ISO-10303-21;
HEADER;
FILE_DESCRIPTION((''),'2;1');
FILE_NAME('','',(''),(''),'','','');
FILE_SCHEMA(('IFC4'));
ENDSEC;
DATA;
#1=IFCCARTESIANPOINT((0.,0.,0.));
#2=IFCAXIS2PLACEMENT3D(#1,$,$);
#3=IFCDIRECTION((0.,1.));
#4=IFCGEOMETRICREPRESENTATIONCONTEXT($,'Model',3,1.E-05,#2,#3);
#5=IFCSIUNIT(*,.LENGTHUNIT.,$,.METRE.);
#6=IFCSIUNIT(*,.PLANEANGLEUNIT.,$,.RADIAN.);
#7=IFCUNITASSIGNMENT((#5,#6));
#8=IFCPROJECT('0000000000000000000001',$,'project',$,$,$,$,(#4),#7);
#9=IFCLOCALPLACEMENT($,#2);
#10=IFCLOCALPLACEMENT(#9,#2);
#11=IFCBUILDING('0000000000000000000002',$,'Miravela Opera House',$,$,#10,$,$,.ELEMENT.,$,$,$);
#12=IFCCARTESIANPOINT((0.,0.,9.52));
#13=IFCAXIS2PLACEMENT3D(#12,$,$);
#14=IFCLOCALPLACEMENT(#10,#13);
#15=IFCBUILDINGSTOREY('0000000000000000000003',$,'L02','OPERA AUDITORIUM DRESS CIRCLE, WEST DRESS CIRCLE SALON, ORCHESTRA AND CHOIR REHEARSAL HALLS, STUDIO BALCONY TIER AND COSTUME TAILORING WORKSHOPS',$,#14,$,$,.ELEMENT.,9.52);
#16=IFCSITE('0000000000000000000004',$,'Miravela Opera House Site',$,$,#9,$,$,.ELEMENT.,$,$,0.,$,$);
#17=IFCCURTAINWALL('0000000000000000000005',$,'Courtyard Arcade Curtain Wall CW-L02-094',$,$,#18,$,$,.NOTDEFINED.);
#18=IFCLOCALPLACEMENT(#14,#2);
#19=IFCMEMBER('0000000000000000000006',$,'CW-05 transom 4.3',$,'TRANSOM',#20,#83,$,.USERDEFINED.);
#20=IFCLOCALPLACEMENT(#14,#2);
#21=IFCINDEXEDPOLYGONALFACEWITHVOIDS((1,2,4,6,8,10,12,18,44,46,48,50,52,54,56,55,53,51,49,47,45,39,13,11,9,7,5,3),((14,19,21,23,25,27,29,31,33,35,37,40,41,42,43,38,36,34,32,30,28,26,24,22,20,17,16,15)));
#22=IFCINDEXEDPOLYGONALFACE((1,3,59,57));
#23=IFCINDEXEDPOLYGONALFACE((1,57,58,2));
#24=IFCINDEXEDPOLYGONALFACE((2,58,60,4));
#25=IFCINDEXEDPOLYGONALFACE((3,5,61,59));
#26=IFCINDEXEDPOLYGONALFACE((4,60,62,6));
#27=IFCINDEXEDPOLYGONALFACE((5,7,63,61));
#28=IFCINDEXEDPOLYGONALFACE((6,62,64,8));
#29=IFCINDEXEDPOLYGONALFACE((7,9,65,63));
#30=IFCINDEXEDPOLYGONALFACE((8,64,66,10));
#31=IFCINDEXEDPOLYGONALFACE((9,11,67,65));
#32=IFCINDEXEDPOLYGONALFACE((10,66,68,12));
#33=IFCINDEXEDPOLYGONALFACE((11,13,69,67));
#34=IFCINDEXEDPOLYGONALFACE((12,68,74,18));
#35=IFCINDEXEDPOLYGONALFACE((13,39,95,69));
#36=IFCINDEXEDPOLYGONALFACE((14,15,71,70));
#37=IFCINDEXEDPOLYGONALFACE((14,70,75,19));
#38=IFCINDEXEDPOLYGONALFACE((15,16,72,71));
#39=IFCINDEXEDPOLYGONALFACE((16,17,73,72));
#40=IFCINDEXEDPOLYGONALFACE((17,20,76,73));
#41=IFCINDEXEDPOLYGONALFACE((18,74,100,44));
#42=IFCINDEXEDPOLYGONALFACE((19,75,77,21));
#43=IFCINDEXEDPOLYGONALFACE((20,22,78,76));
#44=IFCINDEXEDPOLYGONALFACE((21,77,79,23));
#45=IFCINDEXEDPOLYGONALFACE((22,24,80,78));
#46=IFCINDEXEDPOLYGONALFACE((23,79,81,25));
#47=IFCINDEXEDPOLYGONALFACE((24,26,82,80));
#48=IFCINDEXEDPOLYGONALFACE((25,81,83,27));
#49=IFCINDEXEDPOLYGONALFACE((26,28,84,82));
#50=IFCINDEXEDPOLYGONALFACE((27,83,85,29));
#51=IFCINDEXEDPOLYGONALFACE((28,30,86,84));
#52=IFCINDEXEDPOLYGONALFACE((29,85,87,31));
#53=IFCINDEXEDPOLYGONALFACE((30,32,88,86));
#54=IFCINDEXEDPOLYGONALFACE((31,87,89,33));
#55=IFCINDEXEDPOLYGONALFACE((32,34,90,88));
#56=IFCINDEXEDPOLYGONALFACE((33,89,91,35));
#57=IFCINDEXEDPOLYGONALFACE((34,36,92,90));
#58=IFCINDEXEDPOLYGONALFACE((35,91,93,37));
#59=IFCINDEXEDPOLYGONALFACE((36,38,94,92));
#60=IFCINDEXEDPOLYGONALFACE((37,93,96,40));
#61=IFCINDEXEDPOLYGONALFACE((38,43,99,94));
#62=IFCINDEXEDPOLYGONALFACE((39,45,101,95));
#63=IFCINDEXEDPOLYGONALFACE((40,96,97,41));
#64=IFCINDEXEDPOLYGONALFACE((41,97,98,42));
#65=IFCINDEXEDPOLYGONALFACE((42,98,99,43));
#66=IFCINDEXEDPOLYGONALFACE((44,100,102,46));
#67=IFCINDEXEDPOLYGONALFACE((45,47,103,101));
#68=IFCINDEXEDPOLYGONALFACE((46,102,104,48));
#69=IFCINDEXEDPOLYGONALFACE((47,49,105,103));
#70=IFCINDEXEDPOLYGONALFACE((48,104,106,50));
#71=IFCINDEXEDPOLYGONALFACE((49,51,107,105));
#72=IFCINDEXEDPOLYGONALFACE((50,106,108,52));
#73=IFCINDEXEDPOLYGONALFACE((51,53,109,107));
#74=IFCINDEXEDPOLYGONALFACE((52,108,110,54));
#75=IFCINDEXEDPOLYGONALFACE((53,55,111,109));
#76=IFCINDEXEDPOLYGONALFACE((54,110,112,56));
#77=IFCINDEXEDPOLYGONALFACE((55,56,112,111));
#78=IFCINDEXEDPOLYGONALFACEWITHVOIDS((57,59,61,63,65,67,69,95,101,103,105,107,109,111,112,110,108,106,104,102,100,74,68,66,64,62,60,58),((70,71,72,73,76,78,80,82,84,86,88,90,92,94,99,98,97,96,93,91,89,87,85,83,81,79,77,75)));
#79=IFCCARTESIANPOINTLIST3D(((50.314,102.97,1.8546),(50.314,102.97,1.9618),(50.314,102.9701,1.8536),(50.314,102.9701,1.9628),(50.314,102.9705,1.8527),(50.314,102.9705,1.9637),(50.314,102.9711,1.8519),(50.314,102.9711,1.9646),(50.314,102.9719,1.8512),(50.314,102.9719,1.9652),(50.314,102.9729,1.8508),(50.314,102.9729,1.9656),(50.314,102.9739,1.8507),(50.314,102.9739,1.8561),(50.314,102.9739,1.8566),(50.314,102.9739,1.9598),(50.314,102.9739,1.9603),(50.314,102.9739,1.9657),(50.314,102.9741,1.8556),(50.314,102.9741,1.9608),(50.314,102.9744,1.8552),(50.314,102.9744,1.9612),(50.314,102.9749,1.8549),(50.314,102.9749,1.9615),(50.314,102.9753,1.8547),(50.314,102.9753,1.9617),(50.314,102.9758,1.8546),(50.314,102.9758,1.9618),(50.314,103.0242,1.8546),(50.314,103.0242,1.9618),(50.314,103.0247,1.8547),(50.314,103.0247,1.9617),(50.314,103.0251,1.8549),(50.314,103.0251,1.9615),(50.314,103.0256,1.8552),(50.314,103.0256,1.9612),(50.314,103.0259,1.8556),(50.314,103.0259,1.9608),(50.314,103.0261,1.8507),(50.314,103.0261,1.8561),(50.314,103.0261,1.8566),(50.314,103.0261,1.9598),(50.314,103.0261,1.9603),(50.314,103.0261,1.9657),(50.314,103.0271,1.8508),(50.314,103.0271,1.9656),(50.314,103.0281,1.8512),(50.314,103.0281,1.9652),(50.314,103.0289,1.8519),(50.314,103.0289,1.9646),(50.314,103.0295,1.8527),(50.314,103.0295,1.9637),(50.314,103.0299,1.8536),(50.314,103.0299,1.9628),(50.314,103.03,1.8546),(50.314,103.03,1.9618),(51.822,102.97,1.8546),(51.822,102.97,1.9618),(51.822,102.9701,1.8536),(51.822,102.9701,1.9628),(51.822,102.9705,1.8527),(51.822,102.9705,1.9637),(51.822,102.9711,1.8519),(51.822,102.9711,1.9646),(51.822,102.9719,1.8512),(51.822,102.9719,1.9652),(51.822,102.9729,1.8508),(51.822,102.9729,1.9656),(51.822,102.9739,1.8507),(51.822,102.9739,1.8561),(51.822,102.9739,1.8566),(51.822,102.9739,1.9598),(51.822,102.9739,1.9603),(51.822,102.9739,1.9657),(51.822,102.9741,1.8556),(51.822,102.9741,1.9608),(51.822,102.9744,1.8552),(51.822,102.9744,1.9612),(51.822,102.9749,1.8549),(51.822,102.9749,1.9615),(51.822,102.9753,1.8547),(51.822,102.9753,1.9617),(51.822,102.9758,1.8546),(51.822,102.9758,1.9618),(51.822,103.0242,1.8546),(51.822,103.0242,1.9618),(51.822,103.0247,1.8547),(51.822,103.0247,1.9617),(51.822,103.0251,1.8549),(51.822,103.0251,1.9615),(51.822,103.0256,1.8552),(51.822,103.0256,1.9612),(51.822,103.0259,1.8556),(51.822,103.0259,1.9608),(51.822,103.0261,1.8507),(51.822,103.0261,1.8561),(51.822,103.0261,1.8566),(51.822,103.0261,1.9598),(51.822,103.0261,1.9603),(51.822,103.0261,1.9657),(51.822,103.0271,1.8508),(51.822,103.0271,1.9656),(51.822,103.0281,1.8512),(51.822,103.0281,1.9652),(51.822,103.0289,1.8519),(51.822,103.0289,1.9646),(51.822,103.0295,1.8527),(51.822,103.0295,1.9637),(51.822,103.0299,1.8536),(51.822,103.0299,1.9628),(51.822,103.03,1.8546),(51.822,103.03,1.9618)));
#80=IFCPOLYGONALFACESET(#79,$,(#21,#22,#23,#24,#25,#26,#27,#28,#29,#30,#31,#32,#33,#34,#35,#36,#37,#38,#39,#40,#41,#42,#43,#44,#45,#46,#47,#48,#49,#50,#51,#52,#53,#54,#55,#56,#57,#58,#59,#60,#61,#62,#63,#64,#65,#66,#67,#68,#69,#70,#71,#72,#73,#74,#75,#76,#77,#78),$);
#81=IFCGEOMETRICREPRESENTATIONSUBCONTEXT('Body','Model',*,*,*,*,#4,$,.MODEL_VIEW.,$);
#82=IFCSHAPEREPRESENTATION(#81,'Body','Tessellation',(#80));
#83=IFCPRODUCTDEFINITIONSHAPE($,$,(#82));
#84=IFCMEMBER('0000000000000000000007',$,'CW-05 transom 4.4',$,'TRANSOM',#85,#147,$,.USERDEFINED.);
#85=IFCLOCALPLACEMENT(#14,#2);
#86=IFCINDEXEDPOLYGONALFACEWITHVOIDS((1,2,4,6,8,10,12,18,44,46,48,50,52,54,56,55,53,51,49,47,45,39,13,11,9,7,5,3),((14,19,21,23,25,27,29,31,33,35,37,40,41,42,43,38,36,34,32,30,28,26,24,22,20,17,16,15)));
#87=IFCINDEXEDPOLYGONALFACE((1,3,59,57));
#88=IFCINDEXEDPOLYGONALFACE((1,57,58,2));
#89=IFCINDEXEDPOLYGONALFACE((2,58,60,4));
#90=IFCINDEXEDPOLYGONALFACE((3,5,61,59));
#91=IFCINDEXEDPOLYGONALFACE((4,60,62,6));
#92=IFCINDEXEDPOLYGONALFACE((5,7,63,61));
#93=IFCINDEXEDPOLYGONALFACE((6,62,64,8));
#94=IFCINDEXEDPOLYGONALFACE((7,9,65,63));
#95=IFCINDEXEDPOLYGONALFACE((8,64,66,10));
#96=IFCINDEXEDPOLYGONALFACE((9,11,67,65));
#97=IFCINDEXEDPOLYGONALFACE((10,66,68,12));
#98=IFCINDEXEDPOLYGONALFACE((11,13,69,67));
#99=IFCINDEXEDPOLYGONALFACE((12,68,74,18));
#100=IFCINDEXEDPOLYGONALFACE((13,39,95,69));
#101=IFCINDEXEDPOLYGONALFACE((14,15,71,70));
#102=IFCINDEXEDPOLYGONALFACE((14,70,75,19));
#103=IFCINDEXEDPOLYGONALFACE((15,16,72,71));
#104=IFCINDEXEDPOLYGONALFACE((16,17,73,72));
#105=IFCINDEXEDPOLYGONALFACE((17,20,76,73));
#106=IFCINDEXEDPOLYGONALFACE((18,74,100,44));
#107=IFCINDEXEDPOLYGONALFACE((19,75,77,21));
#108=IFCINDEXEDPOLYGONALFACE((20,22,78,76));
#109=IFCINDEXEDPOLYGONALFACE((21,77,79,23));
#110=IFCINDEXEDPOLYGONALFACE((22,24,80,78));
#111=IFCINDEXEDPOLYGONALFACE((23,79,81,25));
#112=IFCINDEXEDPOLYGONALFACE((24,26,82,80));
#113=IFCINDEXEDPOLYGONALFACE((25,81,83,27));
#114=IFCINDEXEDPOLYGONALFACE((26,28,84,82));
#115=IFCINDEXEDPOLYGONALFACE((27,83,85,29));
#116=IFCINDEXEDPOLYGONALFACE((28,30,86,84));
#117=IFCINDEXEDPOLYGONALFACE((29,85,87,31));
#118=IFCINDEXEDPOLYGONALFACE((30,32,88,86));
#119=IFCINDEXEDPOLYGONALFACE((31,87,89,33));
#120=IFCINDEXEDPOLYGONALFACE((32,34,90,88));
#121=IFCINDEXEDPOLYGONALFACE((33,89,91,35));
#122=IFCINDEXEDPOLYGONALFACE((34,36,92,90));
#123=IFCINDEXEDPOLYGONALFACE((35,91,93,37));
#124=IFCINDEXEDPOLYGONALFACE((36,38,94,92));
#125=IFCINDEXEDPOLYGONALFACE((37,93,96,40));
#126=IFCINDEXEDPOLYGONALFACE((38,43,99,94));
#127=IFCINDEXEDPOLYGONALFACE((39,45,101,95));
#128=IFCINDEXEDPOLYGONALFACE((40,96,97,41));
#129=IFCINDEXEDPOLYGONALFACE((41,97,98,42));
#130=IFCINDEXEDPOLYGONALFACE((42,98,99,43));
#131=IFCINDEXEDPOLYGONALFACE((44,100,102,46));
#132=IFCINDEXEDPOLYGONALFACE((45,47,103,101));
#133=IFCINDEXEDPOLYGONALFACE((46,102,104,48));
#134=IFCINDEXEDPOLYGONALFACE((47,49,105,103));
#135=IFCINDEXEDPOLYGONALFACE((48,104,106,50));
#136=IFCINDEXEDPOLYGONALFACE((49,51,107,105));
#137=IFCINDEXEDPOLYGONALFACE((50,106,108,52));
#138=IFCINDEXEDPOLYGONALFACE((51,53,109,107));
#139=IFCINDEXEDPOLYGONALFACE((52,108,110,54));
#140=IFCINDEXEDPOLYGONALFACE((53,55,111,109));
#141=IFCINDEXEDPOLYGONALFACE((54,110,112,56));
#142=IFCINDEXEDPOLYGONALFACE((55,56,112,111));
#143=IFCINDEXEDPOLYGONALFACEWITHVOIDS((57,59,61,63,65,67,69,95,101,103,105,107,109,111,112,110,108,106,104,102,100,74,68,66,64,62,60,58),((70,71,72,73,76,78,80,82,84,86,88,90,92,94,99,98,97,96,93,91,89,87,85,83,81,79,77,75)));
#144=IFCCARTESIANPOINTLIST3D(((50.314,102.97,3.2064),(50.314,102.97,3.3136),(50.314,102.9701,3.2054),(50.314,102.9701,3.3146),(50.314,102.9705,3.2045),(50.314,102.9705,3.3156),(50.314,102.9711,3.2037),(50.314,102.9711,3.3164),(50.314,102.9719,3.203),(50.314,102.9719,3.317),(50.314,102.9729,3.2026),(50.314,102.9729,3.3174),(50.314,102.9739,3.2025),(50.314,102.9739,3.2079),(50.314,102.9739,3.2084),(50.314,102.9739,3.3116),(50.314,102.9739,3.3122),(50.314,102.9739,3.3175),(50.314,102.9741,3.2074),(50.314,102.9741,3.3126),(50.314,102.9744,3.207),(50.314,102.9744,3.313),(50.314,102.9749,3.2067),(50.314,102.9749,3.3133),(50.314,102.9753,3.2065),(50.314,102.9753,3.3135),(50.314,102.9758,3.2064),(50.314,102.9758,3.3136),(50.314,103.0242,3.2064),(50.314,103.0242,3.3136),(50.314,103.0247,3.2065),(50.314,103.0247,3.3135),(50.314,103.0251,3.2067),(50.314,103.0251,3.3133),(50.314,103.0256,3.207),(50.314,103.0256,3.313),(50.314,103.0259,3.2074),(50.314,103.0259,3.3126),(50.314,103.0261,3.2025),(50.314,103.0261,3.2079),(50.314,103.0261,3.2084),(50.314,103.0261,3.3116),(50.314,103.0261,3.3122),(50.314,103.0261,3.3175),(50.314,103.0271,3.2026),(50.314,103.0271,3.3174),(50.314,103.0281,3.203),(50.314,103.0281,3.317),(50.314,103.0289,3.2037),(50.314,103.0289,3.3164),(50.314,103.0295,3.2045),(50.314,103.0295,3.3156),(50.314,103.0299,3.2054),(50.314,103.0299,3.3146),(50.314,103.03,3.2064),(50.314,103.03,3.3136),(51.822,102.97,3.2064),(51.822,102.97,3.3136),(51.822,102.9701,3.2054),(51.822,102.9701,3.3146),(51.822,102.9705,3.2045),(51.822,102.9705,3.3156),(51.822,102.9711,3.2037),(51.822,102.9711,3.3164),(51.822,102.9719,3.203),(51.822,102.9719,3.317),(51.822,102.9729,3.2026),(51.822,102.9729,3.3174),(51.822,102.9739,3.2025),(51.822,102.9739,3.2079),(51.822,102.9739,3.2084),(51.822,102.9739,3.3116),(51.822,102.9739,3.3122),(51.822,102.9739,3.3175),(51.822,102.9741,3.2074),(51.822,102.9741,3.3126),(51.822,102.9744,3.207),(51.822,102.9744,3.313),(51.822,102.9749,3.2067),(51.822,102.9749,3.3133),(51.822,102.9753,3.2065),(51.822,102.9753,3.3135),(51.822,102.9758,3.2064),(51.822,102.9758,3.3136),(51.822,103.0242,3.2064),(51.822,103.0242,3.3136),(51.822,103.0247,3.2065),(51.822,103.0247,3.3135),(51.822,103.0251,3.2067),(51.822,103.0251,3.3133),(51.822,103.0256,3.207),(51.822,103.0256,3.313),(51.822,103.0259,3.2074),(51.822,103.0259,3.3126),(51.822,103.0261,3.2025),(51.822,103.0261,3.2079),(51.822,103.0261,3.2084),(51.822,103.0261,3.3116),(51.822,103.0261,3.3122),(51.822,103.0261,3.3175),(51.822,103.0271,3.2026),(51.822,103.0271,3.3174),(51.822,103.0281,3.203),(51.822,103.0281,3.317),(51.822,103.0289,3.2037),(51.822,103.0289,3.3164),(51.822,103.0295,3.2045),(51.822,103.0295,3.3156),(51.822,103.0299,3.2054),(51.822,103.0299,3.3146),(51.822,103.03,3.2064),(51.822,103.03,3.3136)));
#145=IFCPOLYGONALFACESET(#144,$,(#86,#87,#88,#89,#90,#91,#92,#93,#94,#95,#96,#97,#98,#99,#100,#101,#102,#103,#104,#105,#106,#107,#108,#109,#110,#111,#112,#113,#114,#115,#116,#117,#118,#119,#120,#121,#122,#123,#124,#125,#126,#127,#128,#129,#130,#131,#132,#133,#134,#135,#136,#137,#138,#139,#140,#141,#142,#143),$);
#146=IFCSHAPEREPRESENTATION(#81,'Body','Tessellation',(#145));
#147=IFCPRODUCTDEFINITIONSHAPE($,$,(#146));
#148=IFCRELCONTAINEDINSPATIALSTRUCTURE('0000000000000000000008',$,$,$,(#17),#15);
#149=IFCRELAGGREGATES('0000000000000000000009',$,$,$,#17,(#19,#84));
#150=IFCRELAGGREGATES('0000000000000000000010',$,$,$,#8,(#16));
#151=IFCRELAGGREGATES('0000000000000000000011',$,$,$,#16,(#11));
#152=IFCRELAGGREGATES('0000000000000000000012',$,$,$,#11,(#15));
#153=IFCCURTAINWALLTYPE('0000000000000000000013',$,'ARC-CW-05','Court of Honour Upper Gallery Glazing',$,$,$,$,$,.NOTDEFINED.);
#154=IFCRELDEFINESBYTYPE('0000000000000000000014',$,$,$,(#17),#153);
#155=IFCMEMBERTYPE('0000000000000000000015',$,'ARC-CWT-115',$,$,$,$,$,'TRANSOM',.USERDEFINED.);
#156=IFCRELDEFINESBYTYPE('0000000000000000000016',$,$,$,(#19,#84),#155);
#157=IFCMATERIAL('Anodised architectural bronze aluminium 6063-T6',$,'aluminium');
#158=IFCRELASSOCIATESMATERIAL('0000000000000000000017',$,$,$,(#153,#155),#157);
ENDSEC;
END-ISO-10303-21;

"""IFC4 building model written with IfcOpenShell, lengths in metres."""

from ifc_helpers import new_model, si_unit, direction, frame, origin, origin_2d, place, context, subcontext, project, spatial, hollow_rectangle, extrude, material, material_profile, profile_set, type_object, element, aggregate, save


model = new_model("IFC4")

# Units and contexts
model_context = context("Model", 3, precision=1e-05, world=origin(), true_north=direction((0.0, 1.0)))
body_context = subcontext(model_context, "Body", "Model", "MODEL_VIEW")
ifc_project = project(units=[si_unit("LENGTHUNIT", "METRE"), si_unit("PLANEANGLEUNIT", "RADIAN")], contexts=[model_context])

# Site, building, storey
site_placement = place(None, origin())
site = spatial("IfcSite", under=ifc_project, at=site_placement, Name="Miravela Opera House Site", CompositionType="ELEMENT", RefElevation=0.0)
building_placement = place(site_placement, origin())
building = spatial("IfcBuilding", under=site, at=building_placement, Name="Miravela Opera House", CompositionType="ELEMENT")
storey_placement = place(building_placement, frame((0.0, 0.0, 9.52)))
storey = spatial("IfcBuildingStorey", under=building, at=storey_placement, Name="L02", Description="OPERA AUDITORIUM DRESS CIRCLE, WEST DRESS CIRCLE SALON, ORCHESTRA AND CHOIR REHEARSAL HALLS, STUDIO BALCONY TIER AND COSTUME TAILORING WORKSHOPS", CompositionType="ELEMENT", Elevation=9.52)

# Curtain wall, members
ifc_material_1 = material(Name="Anodised architectural bronze aluminium 6063-T6", Category="aluminium")
curtain_wall_type = type_object("IfcCurtainWallType", Name="ARC-CW-05", Description="Court of Honour Upper Gallery Glazing", PredefinedType="NOTDEFINED", material=ifc_material_1)
curtain_wall_placement = place(storey_placement, origin())
curtain_wall = element("IfcCurtainWall", 1, at=curtain_wall_placement, inside=storey, type_object=curtain_wall_type, Name="Courtyard Arcade Curtain Wall CW-L02-094", PredefinedType="NOTDEFINED")
ifc_material_profile_1 = material_profile(ifc_material_1, hollow_rectangle(XDim=0.0601, YDim=0.115, WallThickness=0.0039, InnerFilletRadius=0.002, OuterFilletRadius=0.0039, at=origin_2d()), Name="CWT-60X115")
ifc_profile_set_1 = profile_set([ifc_material_profile_1])
member_type_1 = type_object("IfcMemberType", Name="ARC-CWT-115", ElementType="TRANSOM", PredefinedType="USERDEFINED", material=ifc_profile_set_1)
member_1_placement = place(storey_placement, frame((50.314, 103.0, 1.9082), z_axis=(1.0, 0.0, 0.0), x_axis=(0.0, 1.0, 0.0)))
member_1 = element("IfcMember", 2, at=member_1_placement, type_object=member_type_1, Name="CW-05 transom 4.3", ObjectType="TRANSOM", PredefinedType="USERDEFINED", context=body_context, shape_type="SweptSolid", body=[
    extrude(hollow_rectangle(XDim=0.0601, YDim=0.115, WallThickness=0.0039, InnerFilletRadius=0.002, OuterFilletRadius=0.0039, at=origin_2d()), origin(), (0.0, 0.0, 1.0), 1.5081),
])
member_2_placement = place(storey_placement, frame((50.314, 103.0, 3.26), z_axis=(1.0, 0.0, 0.0), x_axis=(0.0, 1.0, 0.0)))
member_2 = element("IfcMember", 3, at=member_2_placement, type_object=member_type_1, Name="CW-05 transom 4.4", ObjectType="TRANSOM", PredefinedType="USERDEFINED", context=body_context, shape_type="SweptSolid", body=[
    extrude(hollow_rectangle(XDim=0.0601, YDim=0.115, WallThickness=0.0039, InnerFilletRadius=0.002, OuterFilletRadius=0.0039, at=origin_2d()), origin(), (0.0, 0.0, 1.0), 1.5081),
])
aggregate(curtain_wall, [member_1, member_2])

save(model, "model.ifc")
